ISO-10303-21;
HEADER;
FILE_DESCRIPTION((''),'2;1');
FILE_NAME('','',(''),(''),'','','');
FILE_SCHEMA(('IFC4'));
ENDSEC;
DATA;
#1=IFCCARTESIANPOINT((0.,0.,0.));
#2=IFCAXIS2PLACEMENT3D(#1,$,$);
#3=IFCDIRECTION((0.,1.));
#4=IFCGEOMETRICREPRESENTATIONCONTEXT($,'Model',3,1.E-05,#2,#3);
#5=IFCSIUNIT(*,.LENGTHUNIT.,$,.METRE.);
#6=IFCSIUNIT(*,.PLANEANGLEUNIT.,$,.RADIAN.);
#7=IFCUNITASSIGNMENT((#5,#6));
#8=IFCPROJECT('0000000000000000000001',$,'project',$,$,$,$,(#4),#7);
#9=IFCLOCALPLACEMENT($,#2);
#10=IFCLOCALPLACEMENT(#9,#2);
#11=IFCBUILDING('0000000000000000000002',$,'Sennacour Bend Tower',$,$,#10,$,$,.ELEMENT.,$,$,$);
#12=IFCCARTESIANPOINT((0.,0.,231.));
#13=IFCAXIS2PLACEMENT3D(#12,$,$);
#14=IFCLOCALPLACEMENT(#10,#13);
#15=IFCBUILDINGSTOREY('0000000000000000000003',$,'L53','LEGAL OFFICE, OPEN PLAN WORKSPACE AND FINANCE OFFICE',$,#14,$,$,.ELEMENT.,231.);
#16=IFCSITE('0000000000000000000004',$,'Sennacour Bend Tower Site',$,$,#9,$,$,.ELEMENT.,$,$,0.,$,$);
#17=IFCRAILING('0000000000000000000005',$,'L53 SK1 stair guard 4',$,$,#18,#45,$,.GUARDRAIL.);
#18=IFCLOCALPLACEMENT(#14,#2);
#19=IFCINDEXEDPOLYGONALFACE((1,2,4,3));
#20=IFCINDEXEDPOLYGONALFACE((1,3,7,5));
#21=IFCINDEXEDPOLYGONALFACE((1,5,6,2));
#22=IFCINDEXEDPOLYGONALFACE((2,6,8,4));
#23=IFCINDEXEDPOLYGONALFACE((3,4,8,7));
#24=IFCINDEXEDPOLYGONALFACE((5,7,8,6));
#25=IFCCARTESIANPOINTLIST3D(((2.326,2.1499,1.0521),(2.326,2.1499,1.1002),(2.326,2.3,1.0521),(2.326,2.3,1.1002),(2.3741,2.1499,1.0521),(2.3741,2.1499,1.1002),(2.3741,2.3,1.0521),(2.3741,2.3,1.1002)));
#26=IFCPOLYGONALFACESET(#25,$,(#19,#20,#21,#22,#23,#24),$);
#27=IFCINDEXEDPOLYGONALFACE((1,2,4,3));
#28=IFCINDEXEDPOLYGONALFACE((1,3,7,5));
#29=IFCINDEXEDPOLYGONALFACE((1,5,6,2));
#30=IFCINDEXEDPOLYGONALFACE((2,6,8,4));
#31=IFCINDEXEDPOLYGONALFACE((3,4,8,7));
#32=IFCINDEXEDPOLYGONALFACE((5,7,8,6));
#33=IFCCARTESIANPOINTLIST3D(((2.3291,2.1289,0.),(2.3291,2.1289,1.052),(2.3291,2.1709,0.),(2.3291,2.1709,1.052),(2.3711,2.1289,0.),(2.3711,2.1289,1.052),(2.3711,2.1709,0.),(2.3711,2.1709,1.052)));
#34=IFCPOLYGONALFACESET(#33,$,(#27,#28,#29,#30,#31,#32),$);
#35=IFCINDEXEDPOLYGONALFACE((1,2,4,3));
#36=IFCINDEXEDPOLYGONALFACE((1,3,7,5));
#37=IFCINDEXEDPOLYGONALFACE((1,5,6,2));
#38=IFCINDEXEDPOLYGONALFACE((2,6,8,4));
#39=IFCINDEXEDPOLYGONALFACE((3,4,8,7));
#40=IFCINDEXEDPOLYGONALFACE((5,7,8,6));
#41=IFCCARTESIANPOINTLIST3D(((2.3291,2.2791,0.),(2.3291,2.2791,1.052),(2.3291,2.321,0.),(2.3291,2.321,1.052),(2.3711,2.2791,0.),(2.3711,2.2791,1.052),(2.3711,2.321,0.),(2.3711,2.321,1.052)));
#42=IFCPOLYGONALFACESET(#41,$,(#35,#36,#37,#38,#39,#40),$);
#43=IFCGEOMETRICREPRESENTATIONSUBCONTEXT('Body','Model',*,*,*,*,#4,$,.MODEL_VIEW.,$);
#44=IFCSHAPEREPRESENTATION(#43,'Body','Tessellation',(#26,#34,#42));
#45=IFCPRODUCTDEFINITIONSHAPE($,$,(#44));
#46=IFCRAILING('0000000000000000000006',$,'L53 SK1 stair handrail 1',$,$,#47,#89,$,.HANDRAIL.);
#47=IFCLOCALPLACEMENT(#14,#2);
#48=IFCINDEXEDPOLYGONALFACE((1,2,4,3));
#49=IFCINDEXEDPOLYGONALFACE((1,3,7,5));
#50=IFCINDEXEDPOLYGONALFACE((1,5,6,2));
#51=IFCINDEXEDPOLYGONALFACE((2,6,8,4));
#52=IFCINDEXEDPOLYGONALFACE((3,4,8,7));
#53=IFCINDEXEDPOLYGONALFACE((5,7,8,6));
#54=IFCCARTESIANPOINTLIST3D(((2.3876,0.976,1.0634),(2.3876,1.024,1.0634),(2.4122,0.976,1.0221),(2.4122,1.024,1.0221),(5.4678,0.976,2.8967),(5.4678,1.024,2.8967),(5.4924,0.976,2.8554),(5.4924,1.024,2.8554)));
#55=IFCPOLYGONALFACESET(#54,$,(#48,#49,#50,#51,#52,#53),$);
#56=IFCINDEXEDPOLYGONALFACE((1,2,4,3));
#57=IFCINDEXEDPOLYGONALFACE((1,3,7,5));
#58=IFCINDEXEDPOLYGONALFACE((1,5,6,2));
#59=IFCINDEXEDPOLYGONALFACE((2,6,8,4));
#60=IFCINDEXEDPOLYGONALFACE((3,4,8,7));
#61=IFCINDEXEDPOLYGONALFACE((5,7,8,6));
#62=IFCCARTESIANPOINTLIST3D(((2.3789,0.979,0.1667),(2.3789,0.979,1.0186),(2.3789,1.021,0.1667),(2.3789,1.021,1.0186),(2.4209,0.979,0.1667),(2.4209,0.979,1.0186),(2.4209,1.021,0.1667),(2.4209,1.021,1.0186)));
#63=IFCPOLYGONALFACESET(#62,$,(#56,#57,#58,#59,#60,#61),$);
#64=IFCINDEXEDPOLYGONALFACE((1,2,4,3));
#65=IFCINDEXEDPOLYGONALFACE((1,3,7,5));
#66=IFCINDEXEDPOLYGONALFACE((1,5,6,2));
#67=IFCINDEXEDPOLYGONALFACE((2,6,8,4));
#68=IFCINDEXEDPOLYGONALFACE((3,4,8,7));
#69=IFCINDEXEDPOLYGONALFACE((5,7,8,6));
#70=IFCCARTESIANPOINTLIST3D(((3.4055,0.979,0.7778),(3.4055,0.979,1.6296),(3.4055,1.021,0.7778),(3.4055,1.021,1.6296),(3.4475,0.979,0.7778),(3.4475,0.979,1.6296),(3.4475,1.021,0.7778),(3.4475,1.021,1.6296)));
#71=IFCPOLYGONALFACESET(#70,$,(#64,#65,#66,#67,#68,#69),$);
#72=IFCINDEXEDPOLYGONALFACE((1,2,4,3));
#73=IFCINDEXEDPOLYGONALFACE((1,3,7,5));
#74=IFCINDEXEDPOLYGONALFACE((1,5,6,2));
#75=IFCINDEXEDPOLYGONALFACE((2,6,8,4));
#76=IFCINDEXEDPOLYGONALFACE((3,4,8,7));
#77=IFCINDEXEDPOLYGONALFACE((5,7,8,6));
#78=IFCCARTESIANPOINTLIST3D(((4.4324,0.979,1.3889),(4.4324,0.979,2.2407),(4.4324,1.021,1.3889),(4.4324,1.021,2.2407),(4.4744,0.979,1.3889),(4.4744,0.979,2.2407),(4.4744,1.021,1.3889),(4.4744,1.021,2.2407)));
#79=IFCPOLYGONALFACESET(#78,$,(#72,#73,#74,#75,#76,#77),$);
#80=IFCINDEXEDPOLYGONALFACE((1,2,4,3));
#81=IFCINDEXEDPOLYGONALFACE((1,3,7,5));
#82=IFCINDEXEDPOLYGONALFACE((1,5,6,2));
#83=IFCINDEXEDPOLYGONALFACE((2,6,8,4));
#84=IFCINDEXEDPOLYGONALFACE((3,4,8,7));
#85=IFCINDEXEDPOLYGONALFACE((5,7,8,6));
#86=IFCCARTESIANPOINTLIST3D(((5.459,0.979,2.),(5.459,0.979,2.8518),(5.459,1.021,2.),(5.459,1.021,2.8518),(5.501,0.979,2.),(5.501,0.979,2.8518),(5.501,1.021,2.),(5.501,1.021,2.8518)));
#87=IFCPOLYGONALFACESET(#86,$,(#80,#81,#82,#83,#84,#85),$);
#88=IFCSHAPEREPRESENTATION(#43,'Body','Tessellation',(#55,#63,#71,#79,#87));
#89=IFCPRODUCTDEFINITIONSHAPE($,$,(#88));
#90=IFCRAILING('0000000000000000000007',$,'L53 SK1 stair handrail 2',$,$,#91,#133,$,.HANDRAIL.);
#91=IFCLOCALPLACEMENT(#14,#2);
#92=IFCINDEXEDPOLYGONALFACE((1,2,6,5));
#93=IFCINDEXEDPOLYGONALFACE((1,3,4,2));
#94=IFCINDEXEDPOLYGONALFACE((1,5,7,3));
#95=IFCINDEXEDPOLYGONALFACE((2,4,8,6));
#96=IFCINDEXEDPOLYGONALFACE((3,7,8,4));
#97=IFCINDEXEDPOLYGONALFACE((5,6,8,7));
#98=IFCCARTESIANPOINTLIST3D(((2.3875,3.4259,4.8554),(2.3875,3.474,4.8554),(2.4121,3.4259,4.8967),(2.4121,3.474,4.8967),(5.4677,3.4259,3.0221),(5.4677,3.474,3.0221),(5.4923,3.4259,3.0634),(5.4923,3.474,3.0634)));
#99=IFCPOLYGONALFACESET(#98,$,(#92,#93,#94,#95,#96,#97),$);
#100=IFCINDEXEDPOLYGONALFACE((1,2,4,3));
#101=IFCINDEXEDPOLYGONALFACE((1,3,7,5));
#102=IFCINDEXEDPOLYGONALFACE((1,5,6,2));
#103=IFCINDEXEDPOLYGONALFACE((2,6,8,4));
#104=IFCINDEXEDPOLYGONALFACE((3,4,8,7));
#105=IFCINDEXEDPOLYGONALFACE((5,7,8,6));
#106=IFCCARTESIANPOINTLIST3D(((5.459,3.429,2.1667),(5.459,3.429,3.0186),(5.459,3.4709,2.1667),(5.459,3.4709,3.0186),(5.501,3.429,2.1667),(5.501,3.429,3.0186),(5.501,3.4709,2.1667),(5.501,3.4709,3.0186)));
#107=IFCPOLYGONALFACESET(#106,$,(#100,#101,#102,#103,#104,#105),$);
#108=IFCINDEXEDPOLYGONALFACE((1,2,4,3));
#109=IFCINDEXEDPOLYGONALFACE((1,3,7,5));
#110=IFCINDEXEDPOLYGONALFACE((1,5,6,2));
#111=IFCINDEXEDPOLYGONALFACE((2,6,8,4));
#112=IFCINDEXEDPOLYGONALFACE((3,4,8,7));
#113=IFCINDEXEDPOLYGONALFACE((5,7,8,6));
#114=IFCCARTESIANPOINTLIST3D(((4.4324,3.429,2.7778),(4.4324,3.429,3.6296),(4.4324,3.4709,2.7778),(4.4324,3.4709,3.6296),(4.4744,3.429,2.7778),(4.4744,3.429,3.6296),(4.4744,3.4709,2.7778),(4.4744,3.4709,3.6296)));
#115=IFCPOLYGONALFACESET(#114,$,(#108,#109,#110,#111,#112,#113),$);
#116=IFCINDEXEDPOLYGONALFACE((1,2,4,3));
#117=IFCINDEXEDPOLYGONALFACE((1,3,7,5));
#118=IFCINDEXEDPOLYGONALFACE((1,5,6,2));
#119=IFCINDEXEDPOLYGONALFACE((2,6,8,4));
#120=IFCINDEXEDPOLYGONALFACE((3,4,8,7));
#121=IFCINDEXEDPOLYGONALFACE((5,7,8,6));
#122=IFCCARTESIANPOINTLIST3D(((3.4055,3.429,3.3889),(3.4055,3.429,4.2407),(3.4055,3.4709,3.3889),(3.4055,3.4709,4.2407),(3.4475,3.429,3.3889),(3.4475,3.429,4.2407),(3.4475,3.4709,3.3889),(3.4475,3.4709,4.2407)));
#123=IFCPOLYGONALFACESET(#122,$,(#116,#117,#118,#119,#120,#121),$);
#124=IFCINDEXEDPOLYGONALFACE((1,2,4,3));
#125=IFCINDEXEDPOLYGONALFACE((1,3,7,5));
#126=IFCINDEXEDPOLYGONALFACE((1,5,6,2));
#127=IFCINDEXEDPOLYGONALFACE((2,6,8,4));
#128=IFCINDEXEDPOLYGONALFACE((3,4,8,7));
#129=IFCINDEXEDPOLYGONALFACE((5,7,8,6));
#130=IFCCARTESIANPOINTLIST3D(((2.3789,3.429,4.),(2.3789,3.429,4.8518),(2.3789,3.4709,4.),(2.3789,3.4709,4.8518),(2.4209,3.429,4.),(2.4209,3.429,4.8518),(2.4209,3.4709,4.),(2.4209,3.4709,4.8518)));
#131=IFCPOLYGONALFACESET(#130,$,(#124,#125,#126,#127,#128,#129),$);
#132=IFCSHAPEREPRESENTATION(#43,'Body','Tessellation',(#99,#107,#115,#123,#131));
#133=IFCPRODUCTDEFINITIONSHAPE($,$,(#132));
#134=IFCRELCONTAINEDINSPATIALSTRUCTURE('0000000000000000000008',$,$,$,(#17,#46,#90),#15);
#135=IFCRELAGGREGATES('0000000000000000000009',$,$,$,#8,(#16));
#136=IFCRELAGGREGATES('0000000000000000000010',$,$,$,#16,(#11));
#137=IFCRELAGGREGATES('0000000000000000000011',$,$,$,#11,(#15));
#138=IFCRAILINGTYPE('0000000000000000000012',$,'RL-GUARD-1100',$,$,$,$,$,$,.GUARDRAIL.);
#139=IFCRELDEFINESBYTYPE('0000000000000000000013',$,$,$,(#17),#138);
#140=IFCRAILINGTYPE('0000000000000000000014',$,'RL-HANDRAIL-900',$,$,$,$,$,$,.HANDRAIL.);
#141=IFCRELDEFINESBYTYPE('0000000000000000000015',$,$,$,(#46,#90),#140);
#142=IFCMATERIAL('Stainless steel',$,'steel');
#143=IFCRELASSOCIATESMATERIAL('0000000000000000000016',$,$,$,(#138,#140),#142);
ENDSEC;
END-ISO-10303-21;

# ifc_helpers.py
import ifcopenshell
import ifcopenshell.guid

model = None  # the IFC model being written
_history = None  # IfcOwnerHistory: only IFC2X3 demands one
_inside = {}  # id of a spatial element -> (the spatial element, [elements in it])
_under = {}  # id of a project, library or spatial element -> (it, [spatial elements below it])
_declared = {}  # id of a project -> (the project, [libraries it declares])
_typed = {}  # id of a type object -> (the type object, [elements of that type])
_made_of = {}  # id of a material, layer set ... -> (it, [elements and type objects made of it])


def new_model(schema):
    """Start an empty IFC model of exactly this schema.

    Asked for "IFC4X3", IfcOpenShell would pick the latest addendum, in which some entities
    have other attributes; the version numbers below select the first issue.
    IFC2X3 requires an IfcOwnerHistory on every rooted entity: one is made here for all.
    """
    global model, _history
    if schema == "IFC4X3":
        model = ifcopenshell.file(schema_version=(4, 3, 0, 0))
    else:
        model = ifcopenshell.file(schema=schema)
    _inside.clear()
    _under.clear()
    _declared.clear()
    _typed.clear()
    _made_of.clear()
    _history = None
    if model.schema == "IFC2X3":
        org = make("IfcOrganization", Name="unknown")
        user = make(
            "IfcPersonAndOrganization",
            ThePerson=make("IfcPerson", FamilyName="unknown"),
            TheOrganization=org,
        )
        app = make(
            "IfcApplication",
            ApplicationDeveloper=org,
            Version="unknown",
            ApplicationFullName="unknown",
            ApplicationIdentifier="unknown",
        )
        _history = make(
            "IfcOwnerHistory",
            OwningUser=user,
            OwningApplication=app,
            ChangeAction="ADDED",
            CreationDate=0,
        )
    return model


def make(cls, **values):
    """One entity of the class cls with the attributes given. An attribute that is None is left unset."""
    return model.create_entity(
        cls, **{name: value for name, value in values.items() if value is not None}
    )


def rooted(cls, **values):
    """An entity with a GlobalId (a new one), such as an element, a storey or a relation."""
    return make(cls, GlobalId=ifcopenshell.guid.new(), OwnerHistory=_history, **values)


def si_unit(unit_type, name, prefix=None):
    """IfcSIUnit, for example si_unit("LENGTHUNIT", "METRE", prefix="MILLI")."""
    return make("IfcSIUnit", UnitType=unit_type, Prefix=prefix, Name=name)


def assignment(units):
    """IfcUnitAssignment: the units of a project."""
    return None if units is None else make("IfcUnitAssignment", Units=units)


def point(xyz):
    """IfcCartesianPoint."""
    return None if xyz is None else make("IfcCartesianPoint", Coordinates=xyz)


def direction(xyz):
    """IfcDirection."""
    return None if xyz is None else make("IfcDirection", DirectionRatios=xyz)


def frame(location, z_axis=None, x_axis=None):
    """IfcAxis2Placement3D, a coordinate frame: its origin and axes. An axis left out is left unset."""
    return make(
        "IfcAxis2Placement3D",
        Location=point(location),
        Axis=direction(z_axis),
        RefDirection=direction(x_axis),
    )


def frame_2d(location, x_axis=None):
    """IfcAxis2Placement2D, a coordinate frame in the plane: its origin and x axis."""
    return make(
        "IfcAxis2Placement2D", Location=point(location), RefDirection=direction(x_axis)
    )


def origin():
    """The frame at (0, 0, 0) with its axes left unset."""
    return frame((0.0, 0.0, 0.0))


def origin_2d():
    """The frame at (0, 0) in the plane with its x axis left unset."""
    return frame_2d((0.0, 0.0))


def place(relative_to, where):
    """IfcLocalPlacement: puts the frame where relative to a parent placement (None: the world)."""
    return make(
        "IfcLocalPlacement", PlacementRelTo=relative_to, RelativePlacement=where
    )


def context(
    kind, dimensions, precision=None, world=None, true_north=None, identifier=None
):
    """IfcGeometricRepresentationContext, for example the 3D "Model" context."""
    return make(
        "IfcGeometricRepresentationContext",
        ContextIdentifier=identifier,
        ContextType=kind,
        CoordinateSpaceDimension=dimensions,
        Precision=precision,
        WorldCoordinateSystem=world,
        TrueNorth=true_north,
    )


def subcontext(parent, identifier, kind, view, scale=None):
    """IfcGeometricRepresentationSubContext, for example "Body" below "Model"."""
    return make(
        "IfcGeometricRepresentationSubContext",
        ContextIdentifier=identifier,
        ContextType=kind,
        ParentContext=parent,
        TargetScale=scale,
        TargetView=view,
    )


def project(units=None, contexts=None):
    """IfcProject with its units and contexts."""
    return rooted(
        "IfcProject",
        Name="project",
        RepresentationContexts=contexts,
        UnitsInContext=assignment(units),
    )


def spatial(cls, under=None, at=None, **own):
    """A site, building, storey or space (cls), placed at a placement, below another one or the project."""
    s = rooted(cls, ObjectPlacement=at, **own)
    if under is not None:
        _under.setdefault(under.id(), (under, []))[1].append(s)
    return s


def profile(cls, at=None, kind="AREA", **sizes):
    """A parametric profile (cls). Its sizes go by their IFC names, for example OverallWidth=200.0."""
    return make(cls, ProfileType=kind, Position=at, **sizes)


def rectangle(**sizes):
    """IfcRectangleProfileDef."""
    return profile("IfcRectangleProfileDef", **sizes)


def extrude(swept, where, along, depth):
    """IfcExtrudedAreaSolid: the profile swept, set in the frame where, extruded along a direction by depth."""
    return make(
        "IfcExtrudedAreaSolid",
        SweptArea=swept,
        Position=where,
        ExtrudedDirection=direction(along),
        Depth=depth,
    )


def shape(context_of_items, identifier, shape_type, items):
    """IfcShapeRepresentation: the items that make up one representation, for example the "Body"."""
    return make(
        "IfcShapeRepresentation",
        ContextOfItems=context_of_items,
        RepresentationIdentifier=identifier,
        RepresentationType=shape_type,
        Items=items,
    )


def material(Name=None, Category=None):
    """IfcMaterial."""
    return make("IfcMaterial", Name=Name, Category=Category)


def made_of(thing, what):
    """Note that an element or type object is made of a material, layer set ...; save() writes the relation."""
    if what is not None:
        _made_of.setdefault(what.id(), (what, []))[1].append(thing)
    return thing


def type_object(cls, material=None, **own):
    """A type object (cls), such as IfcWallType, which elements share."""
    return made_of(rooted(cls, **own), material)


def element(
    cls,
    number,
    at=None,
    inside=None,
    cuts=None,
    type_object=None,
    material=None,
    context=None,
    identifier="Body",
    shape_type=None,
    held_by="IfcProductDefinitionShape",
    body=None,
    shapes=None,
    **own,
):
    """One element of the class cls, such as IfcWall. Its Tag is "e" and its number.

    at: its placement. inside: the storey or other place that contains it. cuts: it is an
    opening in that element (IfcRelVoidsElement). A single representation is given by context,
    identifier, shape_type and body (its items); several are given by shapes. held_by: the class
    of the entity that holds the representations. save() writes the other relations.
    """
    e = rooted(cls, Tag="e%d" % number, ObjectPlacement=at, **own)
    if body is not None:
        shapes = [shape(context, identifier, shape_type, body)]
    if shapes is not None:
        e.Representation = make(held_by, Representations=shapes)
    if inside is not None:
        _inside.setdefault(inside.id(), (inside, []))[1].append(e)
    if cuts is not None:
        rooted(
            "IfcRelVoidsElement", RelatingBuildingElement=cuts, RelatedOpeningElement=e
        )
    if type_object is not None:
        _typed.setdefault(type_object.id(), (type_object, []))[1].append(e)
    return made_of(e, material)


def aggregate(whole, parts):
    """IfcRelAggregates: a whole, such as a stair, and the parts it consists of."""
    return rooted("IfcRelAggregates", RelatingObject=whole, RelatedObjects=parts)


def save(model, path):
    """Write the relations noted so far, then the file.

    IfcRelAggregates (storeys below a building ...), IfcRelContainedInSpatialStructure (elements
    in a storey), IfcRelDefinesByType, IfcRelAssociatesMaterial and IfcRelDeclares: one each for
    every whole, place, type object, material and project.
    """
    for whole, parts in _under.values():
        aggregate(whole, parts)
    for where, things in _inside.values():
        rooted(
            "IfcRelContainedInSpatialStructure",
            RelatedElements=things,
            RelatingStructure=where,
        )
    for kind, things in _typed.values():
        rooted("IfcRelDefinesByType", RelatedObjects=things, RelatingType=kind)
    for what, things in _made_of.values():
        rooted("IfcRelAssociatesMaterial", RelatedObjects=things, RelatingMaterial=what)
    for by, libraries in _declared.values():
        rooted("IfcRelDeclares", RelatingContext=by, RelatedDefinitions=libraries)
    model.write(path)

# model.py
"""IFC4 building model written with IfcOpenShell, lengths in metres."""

from ifc_helpers import new_model, si_unit, direction, frame, origin, origin_2d, place, context, subcontext, project, spatial, rectangle, extrude, material, type_object, element, save


model = new_model("IFC4")

# Units and contexts
model_context = context("Model", 3, precision=1e-05, world=origin(), true_north=direction((0.0, 1.0)))
body_context = subcontext(model_context, "Body", "Model", "MODEL_VIEW")
ifc_project = project(units=[si_unit("LENGTHUNIT", "METRE"), si_unit("PLANEANGLEUNIT", "RADIAN")], contexts=[model_context])

# Site, building, storey
site_placement = place(None, origin())
site = spatial("IfcSite", under=ifc_project, at=site_placement, Name="Sennacour Bend Tower Site", CompositionType="ELEMENT", RefElevation=0.0)
building_placement = place(site_placement, origin())
building = spatial("IfcBuilding", under=site, at=building_placement, Name="Sennacour Bend Tower", CompositionType="ELEMENT")
storey_placement = place(building_placement, frame((0.0, 0.0, 231.0)))
storey = spatial("IfcBuildingStorey", under=building, at=storey_placement, Name="L53", Description="LEGAL OFFICE, OPEN PLAN WORKSPACE AND FINANCE OFFICE", CompositionType="ELEMENT", Elevation=231.0)

# Railings
ifc_material_1 = material(Name="Stainless steel", Category="steel")
railing_type_1 = type_object("IfcRailingType", Name="RL-GUARD-1100", PredefinedType="GUARDRAIL", material=ifc_material_1)
railing_1_placement = place(storey_placement, frame((2.3501, 2.1499, 0.0)))
element("IfcRailing", 1, at=railing_1_placement, inside=storey, type_object=railing_type_1, Name="L53 SK1 stair guard 4", PredefinedType="GUARDRAIL", context=body_context, shape_type="SweptSolid", body=[
    extrude(rectangle(XDim=0.0481, YDim=0.0481, at=origin_2d()), frame((0.0, 0.0, 1.0762), z_axis=(0.0, 1.0, 0.0), x_axis=(-1.0, 0.0, 0.0)), (0.0, 0.0, 1.0), 0.1501),
    extrude(rectangle(XDim=0.042, YDim=0.042, at=origin_2d()), origin(), (0.0, 0.0, 1.0), 1.052),
    extrude(rectangle(XDim=0.042, YDim=0.042, at=origin_2d()), frame((0.0, 0.1501, 0.0)), (0.0, 0.0, 1.0), 1.052),
])
railing_type_2 = type_object("IfcRailingType", Name="RL-HANDRAIL-900", PredefinedType="HANDRAIL", material=ifc_material_1)
railing_2_placement = place(storey_placement, frame((2.3999, 1.0, 0.1667)))
element("IfcRailing", 2, at=railing_2_placement, inside=storey, type_object=railing_type_2, Name="L53 SK1 stair handrail 1", PredefinedType="HANDRAIL", context=body_context, shape_type="SweptSolid", body=[
    extrude(rectangle(XDim=0.0481, YDim=0.0481, at=origin_2d()), frame((0.0, 0.0, 0.876), z_axis=(0.859309, 0.0, 0.511458), x_axis=(0.0, 1.0, 0.0)), (0.0, 0.0, 1.0), 3.5845),
    extrude(rectangle(XDim=0.042, YDim=0.042, at=origin_2d()), origin(), (0.0, 0.0, 1.0), 0.8518),
    extrude(rectangle(XDim=0.042, YDim=0.042, at=origin_2d()), frame((1.0266, 0.0, 0.6111)), (0.0, 0.0, 1.0), 0.8518),
    extrude(rectangle(XDim=0.042, YDim=0.042, at=origin_2d()), frame((2.0535, 0.0, 1.2222)), (0.0, 0.0, 1.0), 0.8518),
    extrude(rectangle(XDim=0.042, YDim=0.042, at=origin_2d()), frame((3.0801, 0.0, 1.8333)), (0.0, 0.0, 1.0), 0.8518),
])
railing_3_placement = place(storey_placement, frame((5.48, 3.45, 2.1667)))
element("IfcRailing", 3, at=railing_3_placement, inside=storey, type_object=railing_type_2, Name="L53 SK1 stair handrail 2", PredefinedType="HANDRAIL", context=body_context, shape_type="SweptSolid", body=[
    extrude(rectangle(XDim=0.0481, YDim=0.0481, at=origin_2d()), frame((0.0, 0.0, 0.876), z_axis=(-0.859309, 0.0, 0.511458), x_axis=(0.0, -1.0, 0.0)), (0.0, 0.0, 1.0), 3.5845),
    extrude(rectangle(XDim=0.042, YDim=0.042, at=origin_2d()), origin(), (0.0, 0.0, 1.0), 0.8518),
    extrude(rectangle(XDim=0.042, YDim=0.042, at=origin_2d()), frame((-1.0266, 0.0, 0.6111)), (0.0, 0.0, 1.0), 0.8518),
    extrude(rectangle(XDim=0.042, YDim=0.042, at=origin_2d()), frame((-2.0535, 0.0, 1.2222)), (0.0, 0.0, 1.0), 0.8518),
    extrude(rectangle(XDim=0.042, YDim=0.042, at=origin_2d()), frame((-3.0801, 0.0, 1.8333)), (0.0, 0.0, 1.0), 0.8518),
])

save(model, "model.ifc")
